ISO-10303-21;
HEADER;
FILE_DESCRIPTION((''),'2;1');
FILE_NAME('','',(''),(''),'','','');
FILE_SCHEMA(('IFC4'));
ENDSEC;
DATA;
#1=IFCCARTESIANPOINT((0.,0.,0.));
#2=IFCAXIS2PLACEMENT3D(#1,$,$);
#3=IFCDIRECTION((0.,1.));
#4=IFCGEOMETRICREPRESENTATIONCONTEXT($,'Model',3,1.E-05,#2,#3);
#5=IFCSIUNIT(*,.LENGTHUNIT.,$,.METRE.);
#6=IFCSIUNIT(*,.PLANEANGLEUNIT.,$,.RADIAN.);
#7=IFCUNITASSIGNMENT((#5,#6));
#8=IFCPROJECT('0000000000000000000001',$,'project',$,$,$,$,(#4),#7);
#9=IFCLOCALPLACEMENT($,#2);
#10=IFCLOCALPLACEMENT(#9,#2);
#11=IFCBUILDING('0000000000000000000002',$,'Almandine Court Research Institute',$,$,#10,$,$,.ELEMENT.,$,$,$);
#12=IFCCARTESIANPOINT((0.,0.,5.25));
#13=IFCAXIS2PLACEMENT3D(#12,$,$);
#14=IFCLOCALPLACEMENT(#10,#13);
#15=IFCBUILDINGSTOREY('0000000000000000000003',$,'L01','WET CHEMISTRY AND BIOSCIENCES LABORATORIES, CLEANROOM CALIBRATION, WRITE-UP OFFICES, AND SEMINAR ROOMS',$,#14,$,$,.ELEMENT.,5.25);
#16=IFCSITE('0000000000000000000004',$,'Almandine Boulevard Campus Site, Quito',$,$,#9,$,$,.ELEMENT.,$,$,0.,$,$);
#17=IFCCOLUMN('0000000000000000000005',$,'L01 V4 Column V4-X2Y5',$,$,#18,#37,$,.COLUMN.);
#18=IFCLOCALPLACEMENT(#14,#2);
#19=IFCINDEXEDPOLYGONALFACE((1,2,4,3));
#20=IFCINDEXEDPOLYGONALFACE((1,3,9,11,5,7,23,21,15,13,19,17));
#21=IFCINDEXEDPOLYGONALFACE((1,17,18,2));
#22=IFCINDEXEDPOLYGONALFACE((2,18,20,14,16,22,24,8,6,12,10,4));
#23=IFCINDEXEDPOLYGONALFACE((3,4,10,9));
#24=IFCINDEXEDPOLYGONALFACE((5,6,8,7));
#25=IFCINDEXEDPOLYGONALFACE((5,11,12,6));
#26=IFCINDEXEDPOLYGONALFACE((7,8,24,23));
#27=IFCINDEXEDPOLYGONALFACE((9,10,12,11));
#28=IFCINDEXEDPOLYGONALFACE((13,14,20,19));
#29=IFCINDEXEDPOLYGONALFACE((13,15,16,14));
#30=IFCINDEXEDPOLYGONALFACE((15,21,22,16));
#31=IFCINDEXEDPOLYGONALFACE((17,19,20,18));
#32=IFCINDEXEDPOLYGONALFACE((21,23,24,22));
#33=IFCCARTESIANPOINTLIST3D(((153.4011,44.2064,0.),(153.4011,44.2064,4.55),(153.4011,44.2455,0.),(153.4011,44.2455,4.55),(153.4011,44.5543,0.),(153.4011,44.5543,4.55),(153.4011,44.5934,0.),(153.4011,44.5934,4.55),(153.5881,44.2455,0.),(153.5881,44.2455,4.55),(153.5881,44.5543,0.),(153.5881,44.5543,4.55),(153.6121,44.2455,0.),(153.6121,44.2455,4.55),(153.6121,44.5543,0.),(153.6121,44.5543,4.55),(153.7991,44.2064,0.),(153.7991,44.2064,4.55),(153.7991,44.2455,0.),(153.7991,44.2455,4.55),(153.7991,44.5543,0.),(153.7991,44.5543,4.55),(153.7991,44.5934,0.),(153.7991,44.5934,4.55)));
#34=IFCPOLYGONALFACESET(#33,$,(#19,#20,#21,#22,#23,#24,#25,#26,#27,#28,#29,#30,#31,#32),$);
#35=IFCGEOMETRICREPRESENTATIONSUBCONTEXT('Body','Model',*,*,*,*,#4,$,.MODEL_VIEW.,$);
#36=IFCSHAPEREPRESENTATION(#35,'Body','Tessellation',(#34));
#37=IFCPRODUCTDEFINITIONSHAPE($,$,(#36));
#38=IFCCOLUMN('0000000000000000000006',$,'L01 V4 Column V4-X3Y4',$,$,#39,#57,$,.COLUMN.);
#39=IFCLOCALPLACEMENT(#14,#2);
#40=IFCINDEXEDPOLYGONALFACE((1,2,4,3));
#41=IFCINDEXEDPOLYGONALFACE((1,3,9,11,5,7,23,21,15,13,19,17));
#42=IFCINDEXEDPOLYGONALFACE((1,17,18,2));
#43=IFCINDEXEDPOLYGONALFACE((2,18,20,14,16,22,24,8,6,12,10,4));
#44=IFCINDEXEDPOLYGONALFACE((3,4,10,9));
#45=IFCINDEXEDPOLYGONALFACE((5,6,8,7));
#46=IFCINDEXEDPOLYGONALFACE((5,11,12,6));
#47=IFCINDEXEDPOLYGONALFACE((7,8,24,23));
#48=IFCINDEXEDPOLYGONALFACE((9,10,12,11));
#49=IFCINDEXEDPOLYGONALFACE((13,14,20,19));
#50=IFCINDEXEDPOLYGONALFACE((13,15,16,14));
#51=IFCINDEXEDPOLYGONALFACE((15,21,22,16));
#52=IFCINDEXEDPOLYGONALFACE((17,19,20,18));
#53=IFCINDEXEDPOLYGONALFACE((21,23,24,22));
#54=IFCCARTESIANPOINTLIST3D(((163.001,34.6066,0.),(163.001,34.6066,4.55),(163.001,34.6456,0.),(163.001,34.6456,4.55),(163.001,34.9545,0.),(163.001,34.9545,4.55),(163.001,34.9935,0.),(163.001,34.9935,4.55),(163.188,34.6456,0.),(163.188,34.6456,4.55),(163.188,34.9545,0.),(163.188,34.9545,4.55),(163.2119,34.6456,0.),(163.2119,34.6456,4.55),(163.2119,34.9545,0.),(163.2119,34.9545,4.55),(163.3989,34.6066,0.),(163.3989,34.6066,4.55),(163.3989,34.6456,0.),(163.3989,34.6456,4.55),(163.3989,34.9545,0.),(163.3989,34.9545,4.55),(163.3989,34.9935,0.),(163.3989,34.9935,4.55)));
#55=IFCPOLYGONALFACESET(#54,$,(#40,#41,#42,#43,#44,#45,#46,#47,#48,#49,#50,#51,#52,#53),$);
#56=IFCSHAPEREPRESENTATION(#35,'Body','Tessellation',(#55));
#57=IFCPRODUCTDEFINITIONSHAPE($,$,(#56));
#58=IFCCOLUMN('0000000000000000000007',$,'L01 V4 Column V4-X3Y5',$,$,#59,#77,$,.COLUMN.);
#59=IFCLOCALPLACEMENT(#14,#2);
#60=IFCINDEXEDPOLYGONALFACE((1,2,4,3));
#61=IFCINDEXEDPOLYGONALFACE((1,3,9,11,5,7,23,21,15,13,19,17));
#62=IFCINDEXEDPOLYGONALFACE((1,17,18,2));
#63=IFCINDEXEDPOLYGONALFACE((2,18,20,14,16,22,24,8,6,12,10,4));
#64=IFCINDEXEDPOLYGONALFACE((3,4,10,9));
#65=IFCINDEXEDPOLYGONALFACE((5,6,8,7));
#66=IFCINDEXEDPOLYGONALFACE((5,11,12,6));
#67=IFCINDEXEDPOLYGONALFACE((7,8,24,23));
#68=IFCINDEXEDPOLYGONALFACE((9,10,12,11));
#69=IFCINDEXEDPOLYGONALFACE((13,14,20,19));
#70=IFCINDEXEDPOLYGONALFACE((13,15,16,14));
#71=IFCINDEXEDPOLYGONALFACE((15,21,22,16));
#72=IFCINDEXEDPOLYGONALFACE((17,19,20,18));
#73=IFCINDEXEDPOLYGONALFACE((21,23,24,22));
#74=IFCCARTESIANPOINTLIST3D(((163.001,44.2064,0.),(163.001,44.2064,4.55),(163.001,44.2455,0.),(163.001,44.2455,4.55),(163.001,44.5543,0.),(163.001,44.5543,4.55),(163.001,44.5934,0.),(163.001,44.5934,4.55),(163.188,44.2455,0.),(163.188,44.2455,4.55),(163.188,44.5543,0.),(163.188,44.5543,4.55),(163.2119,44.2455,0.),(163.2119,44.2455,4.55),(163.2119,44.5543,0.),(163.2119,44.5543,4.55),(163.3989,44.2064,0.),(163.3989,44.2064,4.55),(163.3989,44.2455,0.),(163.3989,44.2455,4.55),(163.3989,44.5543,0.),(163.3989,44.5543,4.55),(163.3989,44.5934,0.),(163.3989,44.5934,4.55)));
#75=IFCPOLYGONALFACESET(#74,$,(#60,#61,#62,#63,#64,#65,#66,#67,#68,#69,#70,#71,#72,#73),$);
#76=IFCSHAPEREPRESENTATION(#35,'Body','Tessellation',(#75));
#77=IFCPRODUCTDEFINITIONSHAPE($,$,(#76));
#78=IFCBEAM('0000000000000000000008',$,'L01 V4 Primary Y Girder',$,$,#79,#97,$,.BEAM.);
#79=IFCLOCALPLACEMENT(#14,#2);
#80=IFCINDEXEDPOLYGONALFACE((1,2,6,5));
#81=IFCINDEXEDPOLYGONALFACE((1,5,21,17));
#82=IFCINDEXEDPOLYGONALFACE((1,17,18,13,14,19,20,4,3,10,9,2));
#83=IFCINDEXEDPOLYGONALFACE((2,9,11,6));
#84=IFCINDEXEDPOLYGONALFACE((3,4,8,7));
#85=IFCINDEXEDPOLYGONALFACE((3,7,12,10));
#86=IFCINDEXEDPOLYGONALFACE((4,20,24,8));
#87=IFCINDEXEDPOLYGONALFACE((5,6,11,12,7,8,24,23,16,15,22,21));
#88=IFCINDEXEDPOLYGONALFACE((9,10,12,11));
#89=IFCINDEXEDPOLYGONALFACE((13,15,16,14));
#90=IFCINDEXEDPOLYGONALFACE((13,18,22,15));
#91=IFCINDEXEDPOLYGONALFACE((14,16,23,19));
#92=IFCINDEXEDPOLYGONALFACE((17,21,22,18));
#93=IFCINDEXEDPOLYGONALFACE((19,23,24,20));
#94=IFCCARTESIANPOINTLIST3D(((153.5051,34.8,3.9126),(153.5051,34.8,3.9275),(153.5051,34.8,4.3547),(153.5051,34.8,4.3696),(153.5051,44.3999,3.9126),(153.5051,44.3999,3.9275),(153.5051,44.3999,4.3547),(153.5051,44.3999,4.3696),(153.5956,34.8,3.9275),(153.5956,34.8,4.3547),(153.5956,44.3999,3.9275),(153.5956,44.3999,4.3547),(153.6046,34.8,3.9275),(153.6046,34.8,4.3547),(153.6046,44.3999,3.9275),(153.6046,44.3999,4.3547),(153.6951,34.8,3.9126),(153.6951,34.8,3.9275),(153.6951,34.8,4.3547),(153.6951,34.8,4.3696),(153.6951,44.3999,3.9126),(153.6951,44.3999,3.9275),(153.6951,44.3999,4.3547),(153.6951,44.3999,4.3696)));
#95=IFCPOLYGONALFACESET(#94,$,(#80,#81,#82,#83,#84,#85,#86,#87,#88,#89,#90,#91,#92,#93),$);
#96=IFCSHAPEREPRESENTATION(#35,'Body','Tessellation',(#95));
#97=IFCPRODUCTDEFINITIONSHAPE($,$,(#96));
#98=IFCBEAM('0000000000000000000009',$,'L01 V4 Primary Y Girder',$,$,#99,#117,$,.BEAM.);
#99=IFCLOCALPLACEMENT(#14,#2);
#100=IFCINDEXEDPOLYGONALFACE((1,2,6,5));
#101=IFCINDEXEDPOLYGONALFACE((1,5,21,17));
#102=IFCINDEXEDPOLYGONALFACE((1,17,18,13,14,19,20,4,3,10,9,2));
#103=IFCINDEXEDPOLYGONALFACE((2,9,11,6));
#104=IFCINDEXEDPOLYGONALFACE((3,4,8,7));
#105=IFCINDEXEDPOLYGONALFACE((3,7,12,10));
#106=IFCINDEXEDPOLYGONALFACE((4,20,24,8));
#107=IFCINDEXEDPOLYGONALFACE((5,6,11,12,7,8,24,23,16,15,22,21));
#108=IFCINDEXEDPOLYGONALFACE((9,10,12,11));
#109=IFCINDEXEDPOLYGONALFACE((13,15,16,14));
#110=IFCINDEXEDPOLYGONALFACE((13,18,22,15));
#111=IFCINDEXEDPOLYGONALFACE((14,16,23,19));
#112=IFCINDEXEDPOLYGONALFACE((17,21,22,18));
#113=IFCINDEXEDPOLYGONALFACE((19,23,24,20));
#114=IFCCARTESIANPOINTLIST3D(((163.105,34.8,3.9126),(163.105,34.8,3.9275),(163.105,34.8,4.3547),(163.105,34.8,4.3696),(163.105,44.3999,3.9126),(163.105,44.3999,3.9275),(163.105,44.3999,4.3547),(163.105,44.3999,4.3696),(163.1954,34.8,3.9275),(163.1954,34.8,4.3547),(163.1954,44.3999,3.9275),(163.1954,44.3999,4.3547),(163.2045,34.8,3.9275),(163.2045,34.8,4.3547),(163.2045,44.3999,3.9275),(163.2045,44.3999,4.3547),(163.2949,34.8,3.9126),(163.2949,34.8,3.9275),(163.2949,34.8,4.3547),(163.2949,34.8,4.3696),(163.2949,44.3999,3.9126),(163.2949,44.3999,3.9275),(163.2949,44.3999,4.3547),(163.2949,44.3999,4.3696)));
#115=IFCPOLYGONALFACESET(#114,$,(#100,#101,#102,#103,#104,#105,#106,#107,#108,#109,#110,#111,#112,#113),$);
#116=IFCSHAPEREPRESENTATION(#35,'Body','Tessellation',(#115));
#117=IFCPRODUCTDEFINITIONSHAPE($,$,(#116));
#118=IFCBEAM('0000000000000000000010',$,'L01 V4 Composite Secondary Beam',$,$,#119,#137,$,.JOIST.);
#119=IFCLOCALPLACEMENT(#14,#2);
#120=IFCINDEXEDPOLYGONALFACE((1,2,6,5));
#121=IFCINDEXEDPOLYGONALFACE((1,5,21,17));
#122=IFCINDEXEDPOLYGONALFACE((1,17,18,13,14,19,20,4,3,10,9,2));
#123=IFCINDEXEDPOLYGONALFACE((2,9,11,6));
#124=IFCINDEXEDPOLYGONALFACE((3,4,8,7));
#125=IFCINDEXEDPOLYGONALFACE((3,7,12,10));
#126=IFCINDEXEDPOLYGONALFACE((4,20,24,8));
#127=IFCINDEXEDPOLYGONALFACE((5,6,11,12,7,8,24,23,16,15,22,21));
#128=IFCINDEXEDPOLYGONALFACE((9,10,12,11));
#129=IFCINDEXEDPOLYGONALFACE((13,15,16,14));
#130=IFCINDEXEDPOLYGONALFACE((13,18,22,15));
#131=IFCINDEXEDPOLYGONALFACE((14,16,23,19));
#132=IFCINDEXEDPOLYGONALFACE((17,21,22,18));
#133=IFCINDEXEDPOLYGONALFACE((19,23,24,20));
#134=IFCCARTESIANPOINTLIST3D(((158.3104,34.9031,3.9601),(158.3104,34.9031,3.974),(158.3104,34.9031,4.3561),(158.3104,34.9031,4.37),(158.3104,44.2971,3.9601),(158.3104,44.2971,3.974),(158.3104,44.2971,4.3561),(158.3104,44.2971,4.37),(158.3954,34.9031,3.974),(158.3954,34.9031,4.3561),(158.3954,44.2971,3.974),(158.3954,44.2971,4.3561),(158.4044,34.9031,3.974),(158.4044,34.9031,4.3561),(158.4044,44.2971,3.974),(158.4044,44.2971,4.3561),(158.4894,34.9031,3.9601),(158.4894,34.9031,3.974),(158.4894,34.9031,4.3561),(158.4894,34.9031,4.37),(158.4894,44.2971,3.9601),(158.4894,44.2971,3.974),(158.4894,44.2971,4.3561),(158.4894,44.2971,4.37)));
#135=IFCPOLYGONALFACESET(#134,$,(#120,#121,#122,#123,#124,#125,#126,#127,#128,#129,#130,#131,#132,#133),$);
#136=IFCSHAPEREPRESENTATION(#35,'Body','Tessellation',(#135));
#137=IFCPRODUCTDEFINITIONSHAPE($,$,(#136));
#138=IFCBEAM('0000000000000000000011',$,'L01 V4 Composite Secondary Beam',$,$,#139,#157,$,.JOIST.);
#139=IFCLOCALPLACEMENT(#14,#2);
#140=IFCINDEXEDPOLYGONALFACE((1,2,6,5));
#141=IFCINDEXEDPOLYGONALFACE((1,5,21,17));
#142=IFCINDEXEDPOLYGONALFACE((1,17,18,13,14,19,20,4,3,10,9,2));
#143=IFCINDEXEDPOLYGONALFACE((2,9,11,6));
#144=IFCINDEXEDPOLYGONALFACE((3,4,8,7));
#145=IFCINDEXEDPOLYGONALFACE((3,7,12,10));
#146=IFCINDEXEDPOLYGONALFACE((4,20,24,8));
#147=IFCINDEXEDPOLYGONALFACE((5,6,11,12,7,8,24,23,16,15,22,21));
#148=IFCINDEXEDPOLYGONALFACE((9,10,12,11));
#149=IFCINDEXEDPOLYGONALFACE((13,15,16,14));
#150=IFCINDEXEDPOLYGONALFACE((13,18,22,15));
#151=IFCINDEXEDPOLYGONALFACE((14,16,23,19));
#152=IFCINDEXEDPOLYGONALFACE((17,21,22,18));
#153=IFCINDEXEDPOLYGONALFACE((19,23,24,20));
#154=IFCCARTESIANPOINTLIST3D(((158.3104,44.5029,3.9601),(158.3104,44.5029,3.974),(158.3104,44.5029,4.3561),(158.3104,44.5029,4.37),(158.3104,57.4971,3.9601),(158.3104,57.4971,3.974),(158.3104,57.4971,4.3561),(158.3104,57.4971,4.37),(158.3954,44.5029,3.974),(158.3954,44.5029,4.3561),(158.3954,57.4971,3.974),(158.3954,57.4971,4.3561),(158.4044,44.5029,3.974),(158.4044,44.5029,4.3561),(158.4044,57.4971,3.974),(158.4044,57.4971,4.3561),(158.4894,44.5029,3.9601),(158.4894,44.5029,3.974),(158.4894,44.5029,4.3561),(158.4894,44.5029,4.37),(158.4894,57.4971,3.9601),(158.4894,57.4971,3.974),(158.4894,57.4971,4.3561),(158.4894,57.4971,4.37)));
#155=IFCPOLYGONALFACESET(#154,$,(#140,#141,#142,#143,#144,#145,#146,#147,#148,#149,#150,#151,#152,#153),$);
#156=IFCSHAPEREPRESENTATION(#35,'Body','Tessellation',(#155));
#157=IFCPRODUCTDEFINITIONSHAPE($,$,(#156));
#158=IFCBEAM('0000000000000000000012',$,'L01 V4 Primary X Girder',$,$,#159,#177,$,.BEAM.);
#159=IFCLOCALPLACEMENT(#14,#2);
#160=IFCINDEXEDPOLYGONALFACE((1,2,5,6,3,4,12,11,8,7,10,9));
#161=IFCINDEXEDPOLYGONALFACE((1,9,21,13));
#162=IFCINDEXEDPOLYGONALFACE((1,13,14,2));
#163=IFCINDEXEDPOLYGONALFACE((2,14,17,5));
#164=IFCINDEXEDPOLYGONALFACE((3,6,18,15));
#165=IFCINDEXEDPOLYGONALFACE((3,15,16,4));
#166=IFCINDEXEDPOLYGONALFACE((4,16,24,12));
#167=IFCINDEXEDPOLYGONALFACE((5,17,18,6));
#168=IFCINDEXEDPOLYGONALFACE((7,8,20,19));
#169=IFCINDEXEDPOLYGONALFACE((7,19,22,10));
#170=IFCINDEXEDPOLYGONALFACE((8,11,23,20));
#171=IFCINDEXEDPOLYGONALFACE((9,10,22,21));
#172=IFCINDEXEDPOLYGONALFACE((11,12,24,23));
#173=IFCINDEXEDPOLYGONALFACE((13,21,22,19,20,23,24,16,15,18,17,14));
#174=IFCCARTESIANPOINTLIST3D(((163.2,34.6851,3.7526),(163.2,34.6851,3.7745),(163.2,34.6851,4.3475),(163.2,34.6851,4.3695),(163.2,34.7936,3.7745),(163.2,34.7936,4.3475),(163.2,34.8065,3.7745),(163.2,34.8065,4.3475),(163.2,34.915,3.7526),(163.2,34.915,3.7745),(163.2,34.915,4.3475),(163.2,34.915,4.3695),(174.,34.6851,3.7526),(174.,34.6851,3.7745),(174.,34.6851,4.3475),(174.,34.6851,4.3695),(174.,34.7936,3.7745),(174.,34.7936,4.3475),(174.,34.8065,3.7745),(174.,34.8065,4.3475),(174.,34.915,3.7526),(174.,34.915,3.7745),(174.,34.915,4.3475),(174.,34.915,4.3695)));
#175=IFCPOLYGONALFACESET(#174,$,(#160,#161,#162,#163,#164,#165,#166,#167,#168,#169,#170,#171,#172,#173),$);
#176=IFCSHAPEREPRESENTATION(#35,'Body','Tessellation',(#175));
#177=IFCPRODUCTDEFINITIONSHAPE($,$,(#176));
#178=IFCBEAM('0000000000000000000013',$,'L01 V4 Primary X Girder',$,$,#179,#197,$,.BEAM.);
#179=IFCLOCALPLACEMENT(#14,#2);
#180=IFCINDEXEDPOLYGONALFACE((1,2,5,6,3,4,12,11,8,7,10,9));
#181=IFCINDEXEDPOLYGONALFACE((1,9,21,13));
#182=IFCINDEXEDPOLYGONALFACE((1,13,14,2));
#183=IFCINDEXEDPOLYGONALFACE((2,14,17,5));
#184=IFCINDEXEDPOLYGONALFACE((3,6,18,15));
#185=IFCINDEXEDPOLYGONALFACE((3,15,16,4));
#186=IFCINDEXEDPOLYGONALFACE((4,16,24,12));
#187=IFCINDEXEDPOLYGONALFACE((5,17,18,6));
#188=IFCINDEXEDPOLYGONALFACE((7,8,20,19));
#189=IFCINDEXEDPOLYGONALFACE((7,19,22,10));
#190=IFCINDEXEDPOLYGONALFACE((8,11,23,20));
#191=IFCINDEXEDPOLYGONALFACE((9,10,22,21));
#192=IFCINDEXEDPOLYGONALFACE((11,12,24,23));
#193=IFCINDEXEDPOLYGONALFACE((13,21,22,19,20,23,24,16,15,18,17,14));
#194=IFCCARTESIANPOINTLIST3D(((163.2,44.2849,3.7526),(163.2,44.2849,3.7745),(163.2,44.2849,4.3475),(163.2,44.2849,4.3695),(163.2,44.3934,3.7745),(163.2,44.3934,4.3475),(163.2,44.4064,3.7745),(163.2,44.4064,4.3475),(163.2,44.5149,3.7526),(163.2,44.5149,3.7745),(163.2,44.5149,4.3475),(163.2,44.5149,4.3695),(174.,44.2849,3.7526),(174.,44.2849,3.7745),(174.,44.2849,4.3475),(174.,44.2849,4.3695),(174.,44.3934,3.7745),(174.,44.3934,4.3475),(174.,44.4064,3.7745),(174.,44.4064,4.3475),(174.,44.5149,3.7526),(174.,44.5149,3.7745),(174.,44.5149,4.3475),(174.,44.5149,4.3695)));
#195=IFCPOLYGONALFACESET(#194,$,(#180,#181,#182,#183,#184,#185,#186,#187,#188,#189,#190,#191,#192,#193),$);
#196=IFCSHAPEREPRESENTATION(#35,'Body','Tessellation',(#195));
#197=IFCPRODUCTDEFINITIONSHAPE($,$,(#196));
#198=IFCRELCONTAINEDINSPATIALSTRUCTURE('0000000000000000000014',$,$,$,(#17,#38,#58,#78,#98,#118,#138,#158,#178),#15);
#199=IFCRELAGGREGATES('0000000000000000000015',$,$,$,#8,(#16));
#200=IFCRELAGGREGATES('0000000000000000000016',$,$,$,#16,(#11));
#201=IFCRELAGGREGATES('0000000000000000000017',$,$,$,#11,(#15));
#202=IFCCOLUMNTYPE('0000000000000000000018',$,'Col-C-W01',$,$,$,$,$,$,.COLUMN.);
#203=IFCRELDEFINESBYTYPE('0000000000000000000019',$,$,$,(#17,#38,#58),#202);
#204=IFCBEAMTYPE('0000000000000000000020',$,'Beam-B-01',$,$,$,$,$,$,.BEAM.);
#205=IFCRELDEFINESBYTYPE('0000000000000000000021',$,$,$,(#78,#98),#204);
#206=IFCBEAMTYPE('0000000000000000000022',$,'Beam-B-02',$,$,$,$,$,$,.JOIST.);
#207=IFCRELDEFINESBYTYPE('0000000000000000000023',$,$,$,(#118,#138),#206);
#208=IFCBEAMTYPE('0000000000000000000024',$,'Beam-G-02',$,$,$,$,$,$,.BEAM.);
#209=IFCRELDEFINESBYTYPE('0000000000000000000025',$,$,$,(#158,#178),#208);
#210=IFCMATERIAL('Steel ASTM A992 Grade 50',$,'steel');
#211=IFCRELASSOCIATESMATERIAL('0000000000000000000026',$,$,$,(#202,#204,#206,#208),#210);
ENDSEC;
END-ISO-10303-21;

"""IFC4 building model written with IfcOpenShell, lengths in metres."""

from ifc_helpers import new_model, si_unit, direction, frame, origin, origin_2d, place, context, subcontext, project, spatial, i_section, extrude, material, material_profile, profile_set, type_object, element, save


model = new_model("IFC4")

# Units and contexts
model_context = context("Model", 3, precision=1e-05, world=origin(), true_north=direction((0.0, 1.0)))
body_context = subcontext(model_context, "Body", "Model", "MODEL_VIEW")
ifc_project = project(units=[si_unit("LENGTHUNIT", "METRE"), si_unit("PLANEANGLEUNIT", "RADIAN")], contexts=[model_context])

# Site, building, storey
site_placement = place(None, origin())
site = spatial("IfcSite", under=ifc_project, at=site_placement, Name="Almandine Boulevard Campus Site, Quito", CompositionType="ELEMENT", RefElevation=0.0)
building_placement = place(site_placement, origin())
building = spatial("IfcBuilding", under=site, at=building_placement, Name="Almandine Court Research Institute", CompositionType="ELEMENT")
storey_placement = place(building_placement, frame((0.0, 0.0, 5.25)))
storey = spatial("IfcBuildingStorey", under=building, at=storey_placement, Name="L01", Description="WET CHEMISTRY AND BIOSCIENCES LABORATORIES, CLEANROOM CALIBRATION, WRITE-UP OFFICES, AND SEMINAR ROOMS", CompositionType="ELEMENT", Elevation=5.25)

# Columns
ifc_material_1 = material(Name="Steel ASTM A992 Grade 50", Category="steel")
ifc_material_profile_1 = material_profile(ifc_material_1, i_section(OverallWidth=0.3979, OverallDepth=0.387, WebThickness=0.0239, FlangeThickness=0.0391, at=origin_2d()), Name="W360x262")
ifc_profile_set_1 = profile_set([ifc_material_profile_1], Name="Steel ASTM A992 Grade 50")
column_type = type_object("IfcColumnType", Name="Col-C-W01", PredefinedType="COLUMN", material=ifc_profile_set_1)
for number, where, z_axis, x_axis, name in (
    (1, (153.6001, 44.3999, 0.0), (0.0, 0.0, 1.0), (1.0, 0.0, 0.0), "L01 V4 Column V4-X2Y5"),
    (2, (163.2, 34.8, 0.0), (0.0, 0.0, 1.0), (1.0, 0.0, 0.0), "L01 V4 Column V4-X3Y4"),
    (3, (163.2, 44.3999, 0.0), (0.0, 0.0, 1.0), (1.0, 0.0, 0.0), "L01 V4 Column V4-X3Y5"),
):
    element("IfcColumn", number, at=place(storey_placement, frame(where, z_axis=z_axis, x_axis=x_axis)), inside=storey, type_object=column_type, Name=name, PredefinedType="COLUMN", context=body_context, shape_type="SweptSolid", body=[
        extrude(i_section(OverallWidth=0.3979, OverallDepth=0.387, WebThickness=0.0239, FlangeThickness=0.0391, at=origin_2d()), origin(), (0.0, 0.0, 1.0), 4.55),
    ])

# Beams
ifc_material_profile_2 = material_profile(ifc_material_1, i_section(OverallWidth=0.1899, OverallDepth=0.457, WebThickness=0.009, FlangeThickness=0.0149, at=origin_2d()), Name="W460x74")
ifc_profile_set_2 = profile_set([ifc_material_profile_2], Name="Steel ASTM A992 Grade 50")
beam_type_1 = type_object("IfcBeamType", Name="Beam-B-01", PredefinedType="BEAM", material=ifc_profile_set_2)
for number, where, z_axis, x_axis, name in (
    (4, (153.6001, 34.8, 4.1411), (0.0, 1.0, 0.0), (-1.0, 0.0, 0.0), "L01 V4 Primary Y Girder"),
    (5, (163.2, 34.8, 4.1411), (0.0, 1.0, 0.0), (-1.0, 0.0, 0.0), "L01 V4 Primary Y Girder"),
):
    element("IfcBeam", number, at=place(storey_placement, frame(where, z_axis=z_axis, x_axis=x_axis)), inside=storey, type_object=beam_type_1, Name=name, PredefinedType="BEAM", context=body_context, shape_type="SweptSolid", body=[
        extrude(i_section(OverallWidth=0.1899, OverallDepth=0.457, WebThickness=0.009, FlangeThickness=0.0149, at=origin_2d()), origin(), (0.0, 0.0, 1.0), 9.5999),
    ])
ifc_material_profile_3 = material_profile(ifc_material_1, i_section(OverallWidth=0.179, OverallDepth=0.4099, WebThickness=0.009, FlangeThickness=0.0139, at=origin_2d()), Name="W410x67")
ifc_profile_set_3 = profile_set([ifc_material_profile_3], Name="Steel ASTM A992 Grade 50")
beam_type_2 = type_object("IfcBeamType", Name="Beam-B-02", PredefinedType="JOIST", material=ifc_profile_set_3)
beam_1_placement = place(storey_placement, frame((158.3999, 34.9031, 4.165), z_axis=(0.0, 1.0, 0.0), x_axis=(-1.0, 0.0, 0.0)))
element("IfcBeam", 6, at=beam_1_placement, inside=storey, type_object=beam_type_2, Name="L01 V4 Composite Secondary Beam", PredefinedType="JOIST", context=body_context, shape_type="SweptSolid", body=[
    extrude(i_section(OverallWidth=0.179, OverallDepth=0.4099, WebThickness=0.009, FlangeThickness=0.0139, at=origin_2d()), origin(), (0.0, 0.0, 1.0), 9.394),
])
beam_2_placement = place(storey_placement, frame((158.3999, 44.5029, 4.165), z_axis=(0.0, 1.0, 0.0), x_axis=(-1.0, 0.0, 0.0)))
element("IfcBeam", 7, at=beam_2_placement, inside=storey, type_object=beam_type_2, Name="L01 V4 Composite Secondary Beam", PredefinedType="JOIST", context=body_context, shape_type="SweptSolid", body=[
    extrude(i_section(OverallWidth=0.179, OverallDepth=0.4099, WebThickness=0.009, FlangeThickness=0.0139, at=origin_2d()), origin(), (0.0, 0.0, 1.0), 12.9941),
])
ifc_material_profile_4 = material_profile(ifc_material_1, i_section(OverallWidth=0.23, OverallDepth=0.6169, WebThickness=0.0129, FlangeThickness=0.022, at=origin_2d()), Name="W610x140")
ifc_profile_set_4 = profile_set([ifc_material_profile_4], Name="Steel ASTM A992 Grade 50")
beam_type_3 = type_object("IfcBeamType", Name="Beam-G-02", PredefinedType="BEAM", material=ifc_profile_set_4)
for number, where, z_axis, x_axis, name in (
    (8, (163.2, 34.8, 4.061), (1.0, 0.0, 0.0), (0.0, 1.0, 0.0), "L01 V4 Primary X Girder"),
    (9, (163.2, 44.3999, 4.061), (1.0, 0.0, 0.0), (0.0, 1.0, 0.0), "L01 V4 Primary X Girder"),
):
    element("IfcBeam", number, at=place(storey_placement, frame(where, z_axis=z_axis, x_axis=x_axis)), inside=storey, type_object=beam_type_3, Name=name, PredefinedType="BEAM", context=body_context, shape_type="SweptSolid", body=[
        extrude(i_section(OverallWidth=0.23, OverallDepth=0.6169, WebThickness=0.0129, FlangeThickness=0.022, at=origin_2d()), origin(), (0.0, 0.0, 1.0), 10.8),
    ])

save(model, "model.ifc")
